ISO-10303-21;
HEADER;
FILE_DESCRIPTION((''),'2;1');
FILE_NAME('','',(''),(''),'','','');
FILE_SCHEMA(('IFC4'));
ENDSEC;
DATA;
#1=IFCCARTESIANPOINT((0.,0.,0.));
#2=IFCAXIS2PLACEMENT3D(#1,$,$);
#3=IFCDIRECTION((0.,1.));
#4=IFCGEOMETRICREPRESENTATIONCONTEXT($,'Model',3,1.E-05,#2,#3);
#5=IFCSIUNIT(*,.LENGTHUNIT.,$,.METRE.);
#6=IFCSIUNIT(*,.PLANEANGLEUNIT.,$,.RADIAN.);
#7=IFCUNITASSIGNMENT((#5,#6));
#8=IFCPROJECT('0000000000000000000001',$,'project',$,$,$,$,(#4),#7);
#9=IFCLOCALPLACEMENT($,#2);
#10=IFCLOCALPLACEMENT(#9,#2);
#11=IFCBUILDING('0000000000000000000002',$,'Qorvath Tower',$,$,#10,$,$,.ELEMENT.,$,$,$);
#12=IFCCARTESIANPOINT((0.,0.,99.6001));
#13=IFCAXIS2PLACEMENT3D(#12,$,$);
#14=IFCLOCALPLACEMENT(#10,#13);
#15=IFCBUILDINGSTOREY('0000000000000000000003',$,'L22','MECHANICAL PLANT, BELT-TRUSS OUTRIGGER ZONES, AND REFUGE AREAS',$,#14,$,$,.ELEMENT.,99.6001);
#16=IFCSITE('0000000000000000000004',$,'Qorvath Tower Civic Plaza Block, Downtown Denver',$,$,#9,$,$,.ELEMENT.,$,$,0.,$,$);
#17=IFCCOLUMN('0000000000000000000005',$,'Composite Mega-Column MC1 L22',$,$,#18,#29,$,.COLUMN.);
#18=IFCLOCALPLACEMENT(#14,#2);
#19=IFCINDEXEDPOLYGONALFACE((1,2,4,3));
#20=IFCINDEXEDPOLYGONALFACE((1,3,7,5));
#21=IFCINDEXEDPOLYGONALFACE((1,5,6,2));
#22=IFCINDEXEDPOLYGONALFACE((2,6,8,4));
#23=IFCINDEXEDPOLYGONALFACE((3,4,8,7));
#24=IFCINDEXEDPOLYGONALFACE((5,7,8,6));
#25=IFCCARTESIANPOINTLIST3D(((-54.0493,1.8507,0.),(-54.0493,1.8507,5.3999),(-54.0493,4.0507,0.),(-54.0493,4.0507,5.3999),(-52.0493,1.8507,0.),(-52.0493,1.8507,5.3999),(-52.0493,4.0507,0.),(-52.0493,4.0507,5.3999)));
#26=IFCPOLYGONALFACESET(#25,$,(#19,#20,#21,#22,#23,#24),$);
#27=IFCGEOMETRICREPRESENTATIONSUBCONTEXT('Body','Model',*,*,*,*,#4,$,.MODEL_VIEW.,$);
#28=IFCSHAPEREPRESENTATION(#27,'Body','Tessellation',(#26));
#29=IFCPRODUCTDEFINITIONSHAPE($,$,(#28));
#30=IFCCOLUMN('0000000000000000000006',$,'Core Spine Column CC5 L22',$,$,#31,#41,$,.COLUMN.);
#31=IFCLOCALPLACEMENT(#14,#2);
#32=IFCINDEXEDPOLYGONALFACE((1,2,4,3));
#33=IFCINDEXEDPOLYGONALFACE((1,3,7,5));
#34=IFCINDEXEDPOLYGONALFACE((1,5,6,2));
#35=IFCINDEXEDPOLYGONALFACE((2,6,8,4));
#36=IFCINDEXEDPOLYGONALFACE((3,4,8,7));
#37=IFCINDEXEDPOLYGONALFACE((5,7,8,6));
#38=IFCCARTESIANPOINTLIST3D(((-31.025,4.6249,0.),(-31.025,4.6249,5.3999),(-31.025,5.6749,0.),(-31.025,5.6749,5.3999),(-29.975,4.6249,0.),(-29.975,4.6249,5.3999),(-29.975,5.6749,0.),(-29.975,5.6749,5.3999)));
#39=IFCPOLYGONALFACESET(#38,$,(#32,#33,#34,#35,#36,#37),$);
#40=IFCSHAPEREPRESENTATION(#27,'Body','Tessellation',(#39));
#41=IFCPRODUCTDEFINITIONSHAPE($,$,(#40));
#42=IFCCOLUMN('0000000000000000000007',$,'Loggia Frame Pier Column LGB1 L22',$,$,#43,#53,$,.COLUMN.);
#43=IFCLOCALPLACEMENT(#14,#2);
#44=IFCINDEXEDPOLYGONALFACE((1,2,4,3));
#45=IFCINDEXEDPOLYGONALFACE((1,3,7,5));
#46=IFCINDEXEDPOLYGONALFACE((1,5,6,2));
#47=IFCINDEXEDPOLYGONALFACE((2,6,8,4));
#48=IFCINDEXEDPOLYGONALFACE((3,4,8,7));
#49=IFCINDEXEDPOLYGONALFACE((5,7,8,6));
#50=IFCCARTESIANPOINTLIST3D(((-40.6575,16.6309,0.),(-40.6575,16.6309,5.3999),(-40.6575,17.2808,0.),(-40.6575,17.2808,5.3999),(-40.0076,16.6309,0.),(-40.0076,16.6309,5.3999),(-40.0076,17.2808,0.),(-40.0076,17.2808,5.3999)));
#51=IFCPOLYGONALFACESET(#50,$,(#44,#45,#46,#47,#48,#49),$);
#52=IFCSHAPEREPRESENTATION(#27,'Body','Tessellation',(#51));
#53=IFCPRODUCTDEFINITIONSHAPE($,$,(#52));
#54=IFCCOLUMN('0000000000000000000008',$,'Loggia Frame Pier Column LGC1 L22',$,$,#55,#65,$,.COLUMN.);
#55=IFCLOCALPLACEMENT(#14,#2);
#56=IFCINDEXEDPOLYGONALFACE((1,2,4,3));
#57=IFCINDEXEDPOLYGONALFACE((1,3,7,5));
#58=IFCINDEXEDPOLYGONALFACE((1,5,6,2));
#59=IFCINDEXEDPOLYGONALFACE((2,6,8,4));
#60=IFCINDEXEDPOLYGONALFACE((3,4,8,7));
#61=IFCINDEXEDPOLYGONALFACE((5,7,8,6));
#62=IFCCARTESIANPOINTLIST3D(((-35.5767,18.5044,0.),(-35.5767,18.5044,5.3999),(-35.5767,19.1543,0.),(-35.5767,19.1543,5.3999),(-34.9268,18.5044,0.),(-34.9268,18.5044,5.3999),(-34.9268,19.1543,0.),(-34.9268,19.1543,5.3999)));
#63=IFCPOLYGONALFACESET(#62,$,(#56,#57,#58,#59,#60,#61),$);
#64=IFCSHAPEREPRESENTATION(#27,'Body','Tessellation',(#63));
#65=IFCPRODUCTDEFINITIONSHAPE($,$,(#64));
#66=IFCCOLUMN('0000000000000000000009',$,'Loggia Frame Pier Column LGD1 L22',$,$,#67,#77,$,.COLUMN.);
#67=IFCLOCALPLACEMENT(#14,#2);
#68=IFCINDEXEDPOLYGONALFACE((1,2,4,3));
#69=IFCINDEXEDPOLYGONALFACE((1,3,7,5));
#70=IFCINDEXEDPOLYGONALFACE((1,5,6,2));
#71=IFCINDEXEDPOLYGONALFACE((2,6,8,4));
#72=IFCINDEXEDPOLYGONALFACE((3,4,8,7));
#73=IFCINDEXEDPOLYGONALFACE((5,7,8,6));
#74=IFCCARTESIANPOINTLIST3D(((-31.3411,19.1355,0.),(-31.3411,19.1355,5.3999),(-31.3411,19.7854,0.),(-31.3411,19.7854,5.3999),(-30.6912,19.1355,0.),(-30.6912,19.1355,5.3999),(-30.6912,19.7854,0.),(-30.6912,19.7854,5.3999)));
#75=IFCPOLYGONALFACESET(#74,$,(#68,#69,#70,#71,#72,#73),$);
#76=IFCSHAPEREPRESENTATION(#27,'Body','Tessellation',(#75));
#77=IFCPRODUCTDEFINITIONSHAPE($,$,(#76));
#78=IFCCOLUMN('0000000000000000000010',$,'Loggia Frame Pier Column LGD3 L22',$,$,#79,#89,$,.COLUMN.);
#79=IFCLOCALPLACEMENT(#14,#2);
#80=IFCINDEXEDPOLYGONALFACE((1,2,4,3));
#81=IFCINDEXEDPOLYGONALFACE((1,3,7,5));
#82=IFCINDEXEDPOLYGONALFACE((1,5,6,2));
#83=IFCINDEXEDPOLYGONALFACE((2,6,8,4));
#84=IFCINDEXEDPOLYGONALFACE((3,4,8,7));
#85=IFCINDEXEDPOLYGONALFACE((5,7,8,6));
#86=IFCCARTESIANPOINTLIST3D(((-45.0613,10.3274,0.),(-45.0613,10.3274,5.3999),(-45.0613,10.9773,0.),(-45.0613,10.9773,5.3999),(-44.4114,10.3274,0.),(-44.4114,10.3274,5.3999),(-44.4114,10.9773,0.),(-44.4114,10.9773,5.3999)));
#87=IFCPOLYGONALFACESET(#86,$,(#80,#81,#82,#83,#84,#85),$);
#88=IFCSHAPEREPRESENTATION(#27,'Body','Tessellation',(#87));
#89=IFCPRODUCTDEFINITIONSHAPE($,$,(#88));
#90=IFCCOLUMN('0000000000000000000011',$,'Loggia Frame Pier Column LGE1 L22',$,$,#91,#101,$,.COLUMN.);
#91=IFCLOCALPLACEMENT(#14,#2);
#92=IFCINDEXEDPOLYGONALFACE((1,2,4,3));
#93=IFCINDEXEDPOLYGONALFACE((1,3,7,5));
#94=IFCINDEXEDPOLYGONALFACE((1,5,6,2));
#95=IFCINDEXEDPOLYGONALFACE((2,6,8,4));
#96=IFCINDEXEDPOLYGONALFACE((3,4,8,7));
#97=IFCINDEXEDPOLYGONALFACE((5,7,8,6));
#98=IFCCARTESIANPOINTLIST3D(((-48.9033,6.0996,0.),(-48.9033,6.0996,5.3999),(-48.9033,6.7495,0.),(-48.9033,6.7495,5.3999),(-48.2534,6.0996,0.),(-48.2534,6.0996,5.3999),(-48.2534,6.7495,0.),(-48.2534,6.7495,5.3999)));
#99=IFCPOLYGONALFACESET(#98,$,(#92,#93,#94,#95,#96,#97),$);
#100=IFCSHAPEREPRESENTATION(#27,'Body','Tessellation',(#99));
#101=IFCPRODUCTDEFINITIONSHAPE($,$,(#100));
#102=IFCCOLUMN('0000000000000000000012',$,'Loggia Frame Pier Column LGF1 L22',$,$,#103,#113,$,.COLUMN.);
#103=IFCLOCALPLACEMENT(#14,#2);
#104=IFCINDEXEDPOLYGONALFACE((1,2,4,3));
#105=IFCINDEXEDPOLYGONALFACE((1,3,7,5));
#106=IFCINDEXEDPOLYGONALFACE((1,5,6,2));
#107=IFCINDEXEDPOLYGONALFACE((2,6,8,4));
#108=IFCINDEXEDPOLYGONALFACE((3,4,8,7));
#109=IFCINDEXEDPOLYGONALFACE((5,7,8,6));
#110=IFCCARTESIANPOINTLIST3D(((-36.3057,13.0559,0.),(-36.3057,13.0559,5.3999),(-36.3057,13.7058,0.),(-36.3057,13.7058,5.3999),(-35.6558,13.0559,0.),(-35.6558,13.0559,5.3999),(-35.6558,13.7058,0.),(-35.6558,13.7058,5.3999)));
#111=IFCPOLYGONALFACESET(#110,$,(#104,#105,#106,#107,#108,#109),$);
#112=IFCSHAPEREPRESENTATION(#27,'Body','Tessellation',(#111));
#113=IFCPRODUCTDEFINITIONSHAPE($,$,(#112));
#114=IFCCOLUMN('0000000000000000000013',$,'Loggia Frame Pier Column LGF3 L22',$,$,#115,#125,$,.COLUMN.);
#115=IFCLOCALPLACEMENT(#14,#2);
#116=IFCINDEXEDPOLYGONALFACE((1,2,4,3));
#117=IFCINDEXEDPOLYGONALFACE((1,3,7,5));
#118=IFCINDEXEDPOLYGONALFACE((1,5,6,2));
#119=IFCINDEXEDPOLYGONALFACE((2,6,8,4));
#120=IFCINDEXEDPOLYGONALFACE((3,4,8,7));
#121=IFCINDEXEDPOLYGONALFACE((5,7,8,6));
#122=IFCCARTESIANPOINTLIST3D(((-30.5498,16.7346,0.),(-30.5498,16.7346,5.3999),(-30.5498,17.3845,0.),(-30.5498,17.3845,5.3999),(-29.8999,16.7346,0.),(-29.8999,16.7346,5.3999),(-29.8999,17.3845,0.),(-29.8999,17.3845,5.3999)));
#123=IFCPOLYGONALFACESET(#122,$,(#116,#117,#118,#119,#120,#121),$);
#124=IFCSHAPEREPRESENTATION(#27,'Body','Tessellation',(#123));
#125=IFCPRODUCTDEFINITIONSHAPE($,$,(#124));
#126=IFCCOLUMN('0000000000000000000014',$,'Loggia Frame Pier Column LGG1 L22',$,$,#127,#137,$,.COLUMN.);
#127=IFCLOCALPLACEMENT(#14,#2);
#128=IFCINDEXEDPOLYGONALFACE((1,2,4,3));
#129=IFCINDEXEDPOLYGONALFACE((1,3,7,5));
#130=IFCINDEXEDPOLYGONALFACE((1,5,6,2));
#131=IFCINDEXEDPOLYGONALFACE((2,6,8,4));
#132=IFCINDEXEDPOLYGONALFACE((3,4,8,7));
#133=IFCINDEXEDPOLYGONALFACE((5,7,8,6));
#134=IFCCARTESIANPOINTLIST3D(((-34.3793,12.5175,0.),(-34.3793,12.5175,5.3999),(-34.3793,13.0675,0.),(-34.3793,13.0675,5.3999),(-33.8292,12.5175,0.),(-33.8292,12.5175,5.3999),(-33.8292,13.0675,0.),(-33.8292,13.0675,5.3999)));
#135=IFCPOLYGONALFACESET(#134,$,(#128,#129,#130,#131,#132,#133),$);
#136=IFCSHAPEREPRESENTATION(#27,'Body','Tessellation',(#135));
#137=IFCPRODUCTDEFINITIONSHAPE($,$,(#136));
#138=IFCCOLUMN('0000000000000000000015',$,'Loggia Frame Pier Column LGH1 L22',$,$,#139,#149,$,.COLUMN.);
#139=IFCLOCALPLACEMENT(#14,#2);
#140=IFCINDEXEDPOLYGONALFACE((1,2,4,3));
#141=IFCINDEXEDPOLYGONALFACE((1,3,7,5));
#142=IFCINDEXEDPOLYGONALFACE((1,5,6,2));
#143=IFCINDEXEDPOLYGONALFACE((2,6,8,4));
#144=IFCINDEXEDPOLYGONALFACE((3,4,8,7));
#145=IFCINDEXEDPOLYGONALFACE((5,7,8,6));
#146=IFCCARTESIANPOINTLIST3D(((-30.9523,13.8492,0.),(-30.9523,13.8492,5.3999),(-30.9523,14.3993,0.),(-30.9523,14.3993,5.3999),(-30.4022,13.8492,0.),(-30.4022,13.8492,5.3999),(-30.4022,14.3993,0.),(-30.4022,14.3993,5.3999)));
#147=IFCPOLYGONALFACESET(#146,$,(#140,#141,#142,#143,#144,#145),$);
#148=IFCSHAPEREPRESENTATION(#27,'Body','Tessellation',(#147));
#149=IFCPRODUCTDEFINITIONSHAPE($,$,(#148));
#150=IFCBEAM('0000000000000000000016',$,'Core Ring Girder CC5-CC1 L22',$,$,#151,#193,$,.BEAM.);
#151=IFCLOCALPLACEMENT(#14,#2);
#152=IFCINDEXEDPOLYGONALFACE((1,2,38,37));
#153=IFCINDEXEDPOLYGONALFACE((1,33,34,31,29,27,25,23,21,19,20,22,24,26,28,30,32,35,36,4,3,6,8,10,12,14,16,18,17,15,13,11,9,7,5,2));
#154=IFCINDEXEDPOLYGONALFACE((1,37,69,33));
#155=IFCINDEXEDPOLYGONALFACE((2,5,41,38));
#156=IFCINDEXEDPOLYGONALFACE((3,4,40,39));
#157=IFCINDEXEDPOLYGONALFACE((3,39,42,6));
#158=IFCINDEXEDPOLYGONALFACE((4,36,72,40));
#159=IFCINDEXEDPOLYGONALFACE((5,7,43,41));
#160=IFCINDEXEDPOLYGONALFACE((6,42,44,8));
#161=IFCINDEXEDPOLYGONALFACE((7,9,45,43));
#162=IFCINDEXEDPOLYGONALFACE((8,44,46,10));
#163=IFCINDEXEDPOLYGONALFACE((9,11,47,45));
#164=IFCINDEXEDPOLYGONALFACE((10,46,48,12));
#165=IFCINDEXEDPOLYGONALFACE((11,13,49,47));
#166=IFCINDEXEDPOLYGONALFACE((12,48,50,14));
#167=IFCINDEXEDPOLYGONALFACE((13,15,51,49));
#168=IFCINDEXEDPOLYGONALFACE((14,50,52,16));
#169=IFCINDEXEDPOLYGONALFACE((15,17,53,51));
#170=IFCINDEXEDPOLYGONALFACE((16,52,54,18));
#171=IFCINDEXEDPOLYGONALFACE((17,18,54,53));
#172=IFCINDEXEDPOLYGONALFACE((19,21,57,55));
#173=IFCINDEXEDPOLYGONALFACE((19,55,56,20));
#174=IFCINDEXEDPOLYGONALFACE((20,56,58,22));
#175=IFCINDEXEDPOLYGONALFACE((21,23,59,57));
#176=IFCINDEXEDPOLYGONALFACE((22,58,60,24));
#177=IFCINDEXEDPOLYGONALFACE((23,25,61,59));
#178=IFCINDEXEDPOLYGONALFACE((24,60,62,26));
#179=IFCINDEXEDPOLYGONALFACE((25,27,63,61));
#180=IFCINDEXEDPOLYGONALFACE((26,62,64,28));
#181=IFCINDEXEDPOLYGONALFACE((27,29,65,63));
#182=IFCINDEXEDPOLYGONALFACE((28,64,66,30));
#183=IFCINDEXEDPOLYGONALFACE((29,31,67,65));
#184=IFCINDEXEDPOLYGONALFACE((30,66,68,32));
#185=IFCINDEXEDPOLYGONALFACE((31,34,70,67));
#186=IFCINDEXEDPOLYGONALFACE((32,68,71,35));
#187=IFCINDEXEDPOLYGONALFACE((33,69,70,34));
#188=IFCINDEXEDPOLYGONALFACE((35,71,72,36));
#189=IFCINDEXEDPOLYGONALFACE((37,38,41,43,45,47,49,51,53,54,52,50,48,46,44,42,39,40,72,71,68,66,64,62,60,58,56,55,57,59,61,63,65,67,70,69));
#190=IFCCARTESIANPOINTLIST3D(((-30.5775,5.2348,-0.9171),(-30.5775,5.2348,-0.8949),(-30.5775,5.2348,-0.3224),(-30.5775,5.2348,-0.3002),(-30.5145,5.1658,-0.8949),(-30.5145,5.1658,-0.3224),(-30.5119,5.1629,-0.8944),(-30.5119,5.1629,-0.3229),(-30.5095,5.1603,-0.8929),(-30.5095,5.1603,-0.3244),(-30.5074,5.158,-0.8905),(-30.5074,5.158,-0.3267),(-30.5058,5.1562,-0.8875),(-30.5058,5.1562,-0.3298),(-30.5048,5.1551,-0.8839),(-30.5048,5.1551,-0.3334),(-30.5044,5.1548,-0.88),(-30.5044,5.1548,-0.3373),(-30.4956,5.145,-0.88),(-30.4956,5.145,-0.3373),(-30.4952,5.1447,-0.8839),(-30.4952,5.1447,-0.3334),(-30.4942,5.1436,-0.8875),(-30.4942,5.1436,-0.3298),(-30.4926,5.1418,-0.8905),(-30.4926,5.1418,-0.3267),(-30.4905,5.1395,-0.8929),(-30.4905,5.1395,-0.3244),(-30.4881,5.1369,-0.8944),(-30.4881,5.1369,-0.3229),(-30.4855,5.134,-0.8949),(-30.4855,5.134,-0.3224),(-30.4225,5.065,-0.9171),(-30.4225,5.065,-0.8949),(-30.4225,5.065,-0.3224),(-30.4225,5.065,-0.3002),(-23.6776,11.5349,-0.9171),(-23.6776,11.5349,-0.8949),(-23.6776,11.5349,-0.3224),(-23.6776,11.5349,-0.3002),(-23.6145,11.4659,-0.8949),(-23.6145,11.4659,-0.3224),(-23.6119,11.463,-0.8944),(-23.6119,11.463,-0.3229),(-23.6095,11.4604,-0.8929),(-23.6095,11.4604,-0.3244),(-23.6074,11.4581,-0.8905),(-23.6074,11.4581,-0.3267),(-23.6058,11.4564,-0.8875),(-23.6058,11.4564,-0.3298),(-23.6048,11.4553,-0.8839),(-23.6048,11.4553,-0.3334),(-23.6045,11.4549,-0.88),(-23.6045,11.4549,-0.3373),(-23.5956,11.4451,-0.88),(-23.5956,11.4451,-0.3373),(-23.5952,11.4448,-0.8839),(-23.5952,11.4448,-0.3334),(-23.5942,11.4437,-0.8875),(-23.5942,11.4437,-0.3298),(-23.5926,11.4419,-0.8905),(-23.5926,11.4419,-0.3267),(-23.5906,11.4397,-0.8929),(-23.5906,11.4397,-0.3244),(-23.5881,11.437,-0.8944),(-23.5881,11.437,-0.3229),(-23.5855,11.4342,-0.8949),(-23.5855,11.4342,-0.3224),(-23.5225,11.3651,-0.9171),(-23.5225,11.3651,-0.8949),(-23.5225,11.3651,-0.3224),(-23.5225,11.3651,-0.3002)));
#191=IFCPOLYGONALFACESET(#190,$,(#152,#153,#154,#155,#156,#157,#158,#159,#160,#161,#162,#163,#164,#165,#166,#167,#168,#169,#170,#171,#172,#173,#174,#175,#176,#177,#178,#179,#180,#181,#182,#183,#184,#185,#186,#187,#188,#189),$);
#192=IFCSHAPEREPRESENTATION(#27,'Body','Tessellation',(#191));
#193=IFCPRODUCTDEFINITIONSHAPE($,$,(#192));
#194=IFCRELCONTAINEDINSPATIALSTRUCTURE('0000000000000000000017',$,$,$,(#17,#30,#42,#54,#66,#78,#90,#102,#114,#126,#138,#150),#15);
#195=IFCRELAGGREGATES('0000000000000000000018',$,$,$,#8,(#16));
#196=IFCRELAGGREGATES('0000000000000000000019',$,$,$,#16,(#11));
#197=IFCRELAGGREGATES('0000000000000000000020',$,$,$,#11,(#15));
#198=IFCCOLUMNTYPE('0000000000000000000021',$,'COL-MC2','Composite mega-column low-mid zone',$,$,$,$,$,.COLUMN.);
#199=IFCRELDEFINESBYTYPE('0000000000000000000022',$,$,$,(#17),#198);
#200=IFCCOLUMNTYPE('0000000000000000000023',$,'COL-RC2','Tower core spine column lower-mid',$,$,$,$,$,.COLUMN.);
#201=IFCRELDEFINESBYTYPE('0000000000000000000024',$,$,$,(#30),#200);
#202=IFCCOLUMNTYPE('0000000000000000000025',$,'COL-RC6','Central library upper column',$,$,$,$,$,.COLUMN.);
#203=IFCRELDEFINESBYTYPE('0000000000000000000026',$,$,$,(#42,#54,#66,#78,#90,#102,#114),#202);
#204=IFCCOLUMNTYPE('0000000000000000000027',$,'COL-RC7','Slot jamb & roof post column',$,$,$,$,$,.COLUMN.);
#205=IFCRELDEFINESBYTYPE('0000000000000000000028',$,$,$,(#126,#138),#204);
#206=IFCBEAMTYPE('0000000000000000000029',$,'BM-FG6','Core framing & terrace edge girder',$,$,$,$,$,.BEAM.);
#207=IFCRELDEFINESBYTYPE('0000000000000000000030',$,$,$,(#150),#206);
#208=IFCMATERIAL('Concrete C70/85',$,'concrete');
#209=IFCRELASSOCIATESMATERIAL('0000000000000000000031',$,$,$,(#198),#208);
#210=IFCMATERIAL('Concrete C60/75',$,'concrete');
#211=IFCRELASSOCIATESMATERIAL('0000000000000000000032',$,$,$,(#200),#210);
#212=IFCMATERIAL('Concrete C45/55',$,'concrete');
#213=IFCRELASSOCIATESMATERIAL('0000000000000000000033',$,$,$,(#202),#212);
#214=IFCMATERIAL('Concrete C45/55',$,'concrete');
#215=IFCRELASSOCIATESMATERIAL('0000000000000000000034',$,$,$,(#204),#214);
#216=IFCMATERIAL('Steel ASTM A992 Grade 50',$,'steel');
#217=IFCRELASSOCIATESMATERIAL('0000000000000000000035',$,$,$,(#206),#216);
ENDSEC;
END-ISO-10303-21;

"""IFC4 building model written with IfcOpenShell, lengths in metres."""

from ifc_helpers import new_model, si_unit, direction, frame, origin, origin_2d, place, context, subcontext, project, spatial, rectangle, i_section, extrude, material, material_profile, profile_set, type_object, element, save


model = new_model("IFC4")

# Units and contexts
model_context = context("Model", 3, precision=1e-05, world=origin(), true_north=direction((0.0, 1.0)))
body_context = subcontext(model_context, "Body", "Model", "MODEL_VIEW")
ifc_project = project(units=[si_unit("LENGTHUNIT", "METRE"), si_unit("PLANEANGLEUNIT", "RADIAN")], contexts=[model_context])

# Site, building, storey
site_placement = place(None, origin())
site = spatial("IfcSite", under=ifc_project, at=site_placement, Name="Qorvath Tower Civic Plaza Block, Downtown Denver", CompositionType="ELEMENT", RefElevation=0.0)
building_placement = place(site_placement, origin())
building = spatial("IfcBuilding", under=site, at=building_placement, Name="Qorvath Tower", CompositionType="ELEMENT")
storey_placement = place(building_placement, frame((0.0, 0.0, 99.6001)))
storey = spatial("IfcBuildingStorey", under=building, at=storey_placement, Name="L22", Description="MECHANICAL PLANT, BELT-TRUSS OUTRIGGER ZONES, AND REFUGE AREAS", CompositionType="ELEMENT", Elevation=99.6001)

# Columns
ifc_material_1 = material(Name="Concrete C70/85", Category="concrete")
ifc_material_profile_1 = material_profile(ifc_material_1, rectangle(XDim=2.0, YDim=2.2, at=origin_2d()), Name="MC 2200x2000")
ifc_profile_set_1 = profile_set([ifc_material_profile_1], Name="Concrete C70/85")
column_type_1 = type_object("IfcColumnType", Name="COL-MC2", Description="Composite mega-column low-mid zone", PredefinedType="COLUMN", material=ifc_profile_set_1)
column_1_placement = place(storey_placement, frame((-53.0493, 2.9507, 0.0), z_axis=(0.0, 0.0, 1.0), x_axis=(1.0, 0.0, 0.0)))
element("IfcColumn", 1, at=column_1_placement, inside=storey, type_object=column_type_1, Name="Composite Mega-Column MC1 L22", PredefinedType="COLUMN", context=body_context, shape_type="SweptSolid", body=[
    extrude(rectangle(XDim=2.0, YDim=2.2, at=origin_2d()), origin(), (0.0, 0.0, 1.0), 5.3999),
])
ifc_material_2 = material(Name="Concrete C60/75", Category="concrete")
ifc_material_profile_2 = material_profile(ifc_material_2, rectangle(XDim=1.05, YDim=1.05, at=origin_2d()), Name="RC 1050x1050")
ifc_profile_set_2 = profile_set([ifc_material_profile_2], Name="Concrete C60/75")
column_type_2 = type_object("IfcColumnType", Name="COL-RC2", Description="Tower core spine column lower-mid", PredefinedType="COLUMN", material=ifc_profile_set_2)
column_2_placement = place(storey_placement, frame((-30.5, 5.1499, 0.0), z_axis=(0.0, 0.0, 1.0), x_axis=(1.0, 0.0, 0.0)))
element("IfcColumn", 2, at=column_2_placement, inside=storey, type_object=column_type_2, Name="Core Spine Column CC5 L22", PredefinedType="COLUMN", context=body_context, shape_type="SweptSolid", body=[
    extrude(rectangle(XDim=1.05, YDim=1.05, at=origin_2d()), origin(), (0.0, 0.0, 1.0), 5.3999),
])
ifc_material_3 = material(Name="Concrete C45/55", Category="concrete")
ifc_material_profile_3 = material_profile(ifc_material_3, rectangle(XDim=0.6499, YDim=0.6499, at=origin_2d()), Name="RC 650x650")
ifc_profile_set_3 = profile_set([ifc_material_profile_3], Name="Concrete C45/55")
column_type_3 = type_object("IfcColumnType", Name="COL-RC6", Description="Central library upper column", PredefinedType="COLUMN", material=ifc_profile_set_3)
for number, where, z_axis, x_axis, name in (
    (3, (-40.3325, 16.9558, 0.0), (0.0, 0.0, 1.0), (1.0, 0.0, 0.0), "Loggia Frame Pier Column LGB1 L22"),
    (4, (-35.2517, 18.8293, 0.0), (0.0, 0.0, 1.0), (1.0, 0.0, 0.0), "Loggia Frame Pier Column LGC1 L22"),
    (5, (-31.0161, 19.4604, 0.0), (0.0, 0.0, 1.0), (1.0, 0.0, 0.0), "Loggia Frame Pier Column LGD1 L22"),
    (6, (-44.7363, 10.6523, 0.0), (0.0, 0.0, 1.0), (1.0, 0.0, 0.0), "Loggia Frame Pier Column LGD3 L22"),
    (7, (-48.5784, 6.4246, 0.0), (0.0, 0.0, 1.0), (1.0, 0.0, 0.0), "Loggia Frame Pier Column LGE1 L22"),
    (8, (-35.9807, 13.3809, 0.0), (0.0, 0.0, 1.0), (1.0, 0.0, 0.0), "Loggia Frame Pier Column LGF1 L22"),
    (9, (-30.2249, 17.0596, 0.0), (0.0, 0.0, 1.0), (1.0, 0.0, 0.0), "Loggia Frame Pier Column LGF3 L22"),
):
    element("IfcColumn", number, at=place(storey_placement, frame(where, z_axis=z_axis, x_axis=x_axis)), inside=storey, type_object=column_type_3, Name=name, PredefinedType="COLUMN", context=body_context, shape_type="SweptSolid", body=[
        extrude(rectangle(XDim=0.6499, YDim=0.6499, at=origin_2d()), origin(), (0.0, 0.0, 1.0), 5.3999),
    ])
ifc_material_4 = material(Name="Concrete C45/55", Category="concrete")
ifc_material_profile_4 = material_profile(ifc_material_4, rectangle(XDim=0.55, YDim=0.55, at=origin_2d()), Name="RC 550x550")
ifc_profile_set_4 = profile_set([ifc_material_profile_4], Name="Concrete C45/55")
column_type_4 = type_object("IfcColumnType", Name="COL-RC7", Description="Slot jamb & roof post column", PredefinedType="COLUMN", material=ifc_profile_set_4)
for number, where, z_axis, x_axis, name in (
    (10, (-34.1042, 12.7925, 0.0), (0.0, 0.0, 1.0), (1.0, 0.0, 0.0), "Loggia Frame Pier Column LGG1 L22"),
    (11, (-30.6772, 14.1243, 0.0), (0.0, 0.0, 1.0), (1.0, 0.0, 0.0), "Loggia Frame Pier Column LGH1 L22"),
):
    element("IfcColumn", number, at=place(storey_placement, frame(where, z_axis=z_axis, x_axis=x_axis)), inside=storey, type_object=column_type_4, Name=name, PredefinedType="COLUMN", context=body_context, shape_type="SweptSolid", body=[
        extrude(rectangle(XDim=0.55, YDim=0.55, at=origin_2d()), origin(), (0.0, 0.0, 1.0), 5.3999),
    ])

# Beam
ifc_material_5 = material(Name="Steel ASTM A992 Grade 50", Category="steel")
ifc_material_profile_5 = material_profile(ifc_material_5, i_section(OverallWidth=0.23, OverallDepth=0.6169, WebThickness=0.0132, FlangeThickness=0.0222, FilletRadius=0.0149, at=origin_2d()), Name="W24x94")
ifc_profile_set_5 = profile_set([ifc_material_profile_5], Name="Steel ASTM A992 Grade 50")
beam_type_1 = type_object("IfcBeamType", Name="BM-FG6", Description="Core framing & terrace edge girder", PredefinedType="BEAM", material=ifc_profile_set_5)
beam_1_placement = place(storey_placement, frame((-30.5, 5.1499, -0.6086), z_axis=(0.738478, 0.674277, 0.0), x_axis=(-0.674277, 0.738478, 0.0)))
element("IfcBeam", 12, at=beam_1_placement, inside=storey, type_object=beam_type_1, Name="Core Ring Girder CC5-CC1 L22", PredefinedType="BEAM", context=body_context, shape_type="SweptSolid", body=[
    extrude(i_section(OverallWidth=0.23, OverallDepth=0.6169, WebThickness=0.0132, FlangeThickness=0.0222, FilletRadius=0.0149, at=origin_2d()), origin(), (0.0, 0.0, 1.0), 9.3435),
])

save(model, "model.ifc")
